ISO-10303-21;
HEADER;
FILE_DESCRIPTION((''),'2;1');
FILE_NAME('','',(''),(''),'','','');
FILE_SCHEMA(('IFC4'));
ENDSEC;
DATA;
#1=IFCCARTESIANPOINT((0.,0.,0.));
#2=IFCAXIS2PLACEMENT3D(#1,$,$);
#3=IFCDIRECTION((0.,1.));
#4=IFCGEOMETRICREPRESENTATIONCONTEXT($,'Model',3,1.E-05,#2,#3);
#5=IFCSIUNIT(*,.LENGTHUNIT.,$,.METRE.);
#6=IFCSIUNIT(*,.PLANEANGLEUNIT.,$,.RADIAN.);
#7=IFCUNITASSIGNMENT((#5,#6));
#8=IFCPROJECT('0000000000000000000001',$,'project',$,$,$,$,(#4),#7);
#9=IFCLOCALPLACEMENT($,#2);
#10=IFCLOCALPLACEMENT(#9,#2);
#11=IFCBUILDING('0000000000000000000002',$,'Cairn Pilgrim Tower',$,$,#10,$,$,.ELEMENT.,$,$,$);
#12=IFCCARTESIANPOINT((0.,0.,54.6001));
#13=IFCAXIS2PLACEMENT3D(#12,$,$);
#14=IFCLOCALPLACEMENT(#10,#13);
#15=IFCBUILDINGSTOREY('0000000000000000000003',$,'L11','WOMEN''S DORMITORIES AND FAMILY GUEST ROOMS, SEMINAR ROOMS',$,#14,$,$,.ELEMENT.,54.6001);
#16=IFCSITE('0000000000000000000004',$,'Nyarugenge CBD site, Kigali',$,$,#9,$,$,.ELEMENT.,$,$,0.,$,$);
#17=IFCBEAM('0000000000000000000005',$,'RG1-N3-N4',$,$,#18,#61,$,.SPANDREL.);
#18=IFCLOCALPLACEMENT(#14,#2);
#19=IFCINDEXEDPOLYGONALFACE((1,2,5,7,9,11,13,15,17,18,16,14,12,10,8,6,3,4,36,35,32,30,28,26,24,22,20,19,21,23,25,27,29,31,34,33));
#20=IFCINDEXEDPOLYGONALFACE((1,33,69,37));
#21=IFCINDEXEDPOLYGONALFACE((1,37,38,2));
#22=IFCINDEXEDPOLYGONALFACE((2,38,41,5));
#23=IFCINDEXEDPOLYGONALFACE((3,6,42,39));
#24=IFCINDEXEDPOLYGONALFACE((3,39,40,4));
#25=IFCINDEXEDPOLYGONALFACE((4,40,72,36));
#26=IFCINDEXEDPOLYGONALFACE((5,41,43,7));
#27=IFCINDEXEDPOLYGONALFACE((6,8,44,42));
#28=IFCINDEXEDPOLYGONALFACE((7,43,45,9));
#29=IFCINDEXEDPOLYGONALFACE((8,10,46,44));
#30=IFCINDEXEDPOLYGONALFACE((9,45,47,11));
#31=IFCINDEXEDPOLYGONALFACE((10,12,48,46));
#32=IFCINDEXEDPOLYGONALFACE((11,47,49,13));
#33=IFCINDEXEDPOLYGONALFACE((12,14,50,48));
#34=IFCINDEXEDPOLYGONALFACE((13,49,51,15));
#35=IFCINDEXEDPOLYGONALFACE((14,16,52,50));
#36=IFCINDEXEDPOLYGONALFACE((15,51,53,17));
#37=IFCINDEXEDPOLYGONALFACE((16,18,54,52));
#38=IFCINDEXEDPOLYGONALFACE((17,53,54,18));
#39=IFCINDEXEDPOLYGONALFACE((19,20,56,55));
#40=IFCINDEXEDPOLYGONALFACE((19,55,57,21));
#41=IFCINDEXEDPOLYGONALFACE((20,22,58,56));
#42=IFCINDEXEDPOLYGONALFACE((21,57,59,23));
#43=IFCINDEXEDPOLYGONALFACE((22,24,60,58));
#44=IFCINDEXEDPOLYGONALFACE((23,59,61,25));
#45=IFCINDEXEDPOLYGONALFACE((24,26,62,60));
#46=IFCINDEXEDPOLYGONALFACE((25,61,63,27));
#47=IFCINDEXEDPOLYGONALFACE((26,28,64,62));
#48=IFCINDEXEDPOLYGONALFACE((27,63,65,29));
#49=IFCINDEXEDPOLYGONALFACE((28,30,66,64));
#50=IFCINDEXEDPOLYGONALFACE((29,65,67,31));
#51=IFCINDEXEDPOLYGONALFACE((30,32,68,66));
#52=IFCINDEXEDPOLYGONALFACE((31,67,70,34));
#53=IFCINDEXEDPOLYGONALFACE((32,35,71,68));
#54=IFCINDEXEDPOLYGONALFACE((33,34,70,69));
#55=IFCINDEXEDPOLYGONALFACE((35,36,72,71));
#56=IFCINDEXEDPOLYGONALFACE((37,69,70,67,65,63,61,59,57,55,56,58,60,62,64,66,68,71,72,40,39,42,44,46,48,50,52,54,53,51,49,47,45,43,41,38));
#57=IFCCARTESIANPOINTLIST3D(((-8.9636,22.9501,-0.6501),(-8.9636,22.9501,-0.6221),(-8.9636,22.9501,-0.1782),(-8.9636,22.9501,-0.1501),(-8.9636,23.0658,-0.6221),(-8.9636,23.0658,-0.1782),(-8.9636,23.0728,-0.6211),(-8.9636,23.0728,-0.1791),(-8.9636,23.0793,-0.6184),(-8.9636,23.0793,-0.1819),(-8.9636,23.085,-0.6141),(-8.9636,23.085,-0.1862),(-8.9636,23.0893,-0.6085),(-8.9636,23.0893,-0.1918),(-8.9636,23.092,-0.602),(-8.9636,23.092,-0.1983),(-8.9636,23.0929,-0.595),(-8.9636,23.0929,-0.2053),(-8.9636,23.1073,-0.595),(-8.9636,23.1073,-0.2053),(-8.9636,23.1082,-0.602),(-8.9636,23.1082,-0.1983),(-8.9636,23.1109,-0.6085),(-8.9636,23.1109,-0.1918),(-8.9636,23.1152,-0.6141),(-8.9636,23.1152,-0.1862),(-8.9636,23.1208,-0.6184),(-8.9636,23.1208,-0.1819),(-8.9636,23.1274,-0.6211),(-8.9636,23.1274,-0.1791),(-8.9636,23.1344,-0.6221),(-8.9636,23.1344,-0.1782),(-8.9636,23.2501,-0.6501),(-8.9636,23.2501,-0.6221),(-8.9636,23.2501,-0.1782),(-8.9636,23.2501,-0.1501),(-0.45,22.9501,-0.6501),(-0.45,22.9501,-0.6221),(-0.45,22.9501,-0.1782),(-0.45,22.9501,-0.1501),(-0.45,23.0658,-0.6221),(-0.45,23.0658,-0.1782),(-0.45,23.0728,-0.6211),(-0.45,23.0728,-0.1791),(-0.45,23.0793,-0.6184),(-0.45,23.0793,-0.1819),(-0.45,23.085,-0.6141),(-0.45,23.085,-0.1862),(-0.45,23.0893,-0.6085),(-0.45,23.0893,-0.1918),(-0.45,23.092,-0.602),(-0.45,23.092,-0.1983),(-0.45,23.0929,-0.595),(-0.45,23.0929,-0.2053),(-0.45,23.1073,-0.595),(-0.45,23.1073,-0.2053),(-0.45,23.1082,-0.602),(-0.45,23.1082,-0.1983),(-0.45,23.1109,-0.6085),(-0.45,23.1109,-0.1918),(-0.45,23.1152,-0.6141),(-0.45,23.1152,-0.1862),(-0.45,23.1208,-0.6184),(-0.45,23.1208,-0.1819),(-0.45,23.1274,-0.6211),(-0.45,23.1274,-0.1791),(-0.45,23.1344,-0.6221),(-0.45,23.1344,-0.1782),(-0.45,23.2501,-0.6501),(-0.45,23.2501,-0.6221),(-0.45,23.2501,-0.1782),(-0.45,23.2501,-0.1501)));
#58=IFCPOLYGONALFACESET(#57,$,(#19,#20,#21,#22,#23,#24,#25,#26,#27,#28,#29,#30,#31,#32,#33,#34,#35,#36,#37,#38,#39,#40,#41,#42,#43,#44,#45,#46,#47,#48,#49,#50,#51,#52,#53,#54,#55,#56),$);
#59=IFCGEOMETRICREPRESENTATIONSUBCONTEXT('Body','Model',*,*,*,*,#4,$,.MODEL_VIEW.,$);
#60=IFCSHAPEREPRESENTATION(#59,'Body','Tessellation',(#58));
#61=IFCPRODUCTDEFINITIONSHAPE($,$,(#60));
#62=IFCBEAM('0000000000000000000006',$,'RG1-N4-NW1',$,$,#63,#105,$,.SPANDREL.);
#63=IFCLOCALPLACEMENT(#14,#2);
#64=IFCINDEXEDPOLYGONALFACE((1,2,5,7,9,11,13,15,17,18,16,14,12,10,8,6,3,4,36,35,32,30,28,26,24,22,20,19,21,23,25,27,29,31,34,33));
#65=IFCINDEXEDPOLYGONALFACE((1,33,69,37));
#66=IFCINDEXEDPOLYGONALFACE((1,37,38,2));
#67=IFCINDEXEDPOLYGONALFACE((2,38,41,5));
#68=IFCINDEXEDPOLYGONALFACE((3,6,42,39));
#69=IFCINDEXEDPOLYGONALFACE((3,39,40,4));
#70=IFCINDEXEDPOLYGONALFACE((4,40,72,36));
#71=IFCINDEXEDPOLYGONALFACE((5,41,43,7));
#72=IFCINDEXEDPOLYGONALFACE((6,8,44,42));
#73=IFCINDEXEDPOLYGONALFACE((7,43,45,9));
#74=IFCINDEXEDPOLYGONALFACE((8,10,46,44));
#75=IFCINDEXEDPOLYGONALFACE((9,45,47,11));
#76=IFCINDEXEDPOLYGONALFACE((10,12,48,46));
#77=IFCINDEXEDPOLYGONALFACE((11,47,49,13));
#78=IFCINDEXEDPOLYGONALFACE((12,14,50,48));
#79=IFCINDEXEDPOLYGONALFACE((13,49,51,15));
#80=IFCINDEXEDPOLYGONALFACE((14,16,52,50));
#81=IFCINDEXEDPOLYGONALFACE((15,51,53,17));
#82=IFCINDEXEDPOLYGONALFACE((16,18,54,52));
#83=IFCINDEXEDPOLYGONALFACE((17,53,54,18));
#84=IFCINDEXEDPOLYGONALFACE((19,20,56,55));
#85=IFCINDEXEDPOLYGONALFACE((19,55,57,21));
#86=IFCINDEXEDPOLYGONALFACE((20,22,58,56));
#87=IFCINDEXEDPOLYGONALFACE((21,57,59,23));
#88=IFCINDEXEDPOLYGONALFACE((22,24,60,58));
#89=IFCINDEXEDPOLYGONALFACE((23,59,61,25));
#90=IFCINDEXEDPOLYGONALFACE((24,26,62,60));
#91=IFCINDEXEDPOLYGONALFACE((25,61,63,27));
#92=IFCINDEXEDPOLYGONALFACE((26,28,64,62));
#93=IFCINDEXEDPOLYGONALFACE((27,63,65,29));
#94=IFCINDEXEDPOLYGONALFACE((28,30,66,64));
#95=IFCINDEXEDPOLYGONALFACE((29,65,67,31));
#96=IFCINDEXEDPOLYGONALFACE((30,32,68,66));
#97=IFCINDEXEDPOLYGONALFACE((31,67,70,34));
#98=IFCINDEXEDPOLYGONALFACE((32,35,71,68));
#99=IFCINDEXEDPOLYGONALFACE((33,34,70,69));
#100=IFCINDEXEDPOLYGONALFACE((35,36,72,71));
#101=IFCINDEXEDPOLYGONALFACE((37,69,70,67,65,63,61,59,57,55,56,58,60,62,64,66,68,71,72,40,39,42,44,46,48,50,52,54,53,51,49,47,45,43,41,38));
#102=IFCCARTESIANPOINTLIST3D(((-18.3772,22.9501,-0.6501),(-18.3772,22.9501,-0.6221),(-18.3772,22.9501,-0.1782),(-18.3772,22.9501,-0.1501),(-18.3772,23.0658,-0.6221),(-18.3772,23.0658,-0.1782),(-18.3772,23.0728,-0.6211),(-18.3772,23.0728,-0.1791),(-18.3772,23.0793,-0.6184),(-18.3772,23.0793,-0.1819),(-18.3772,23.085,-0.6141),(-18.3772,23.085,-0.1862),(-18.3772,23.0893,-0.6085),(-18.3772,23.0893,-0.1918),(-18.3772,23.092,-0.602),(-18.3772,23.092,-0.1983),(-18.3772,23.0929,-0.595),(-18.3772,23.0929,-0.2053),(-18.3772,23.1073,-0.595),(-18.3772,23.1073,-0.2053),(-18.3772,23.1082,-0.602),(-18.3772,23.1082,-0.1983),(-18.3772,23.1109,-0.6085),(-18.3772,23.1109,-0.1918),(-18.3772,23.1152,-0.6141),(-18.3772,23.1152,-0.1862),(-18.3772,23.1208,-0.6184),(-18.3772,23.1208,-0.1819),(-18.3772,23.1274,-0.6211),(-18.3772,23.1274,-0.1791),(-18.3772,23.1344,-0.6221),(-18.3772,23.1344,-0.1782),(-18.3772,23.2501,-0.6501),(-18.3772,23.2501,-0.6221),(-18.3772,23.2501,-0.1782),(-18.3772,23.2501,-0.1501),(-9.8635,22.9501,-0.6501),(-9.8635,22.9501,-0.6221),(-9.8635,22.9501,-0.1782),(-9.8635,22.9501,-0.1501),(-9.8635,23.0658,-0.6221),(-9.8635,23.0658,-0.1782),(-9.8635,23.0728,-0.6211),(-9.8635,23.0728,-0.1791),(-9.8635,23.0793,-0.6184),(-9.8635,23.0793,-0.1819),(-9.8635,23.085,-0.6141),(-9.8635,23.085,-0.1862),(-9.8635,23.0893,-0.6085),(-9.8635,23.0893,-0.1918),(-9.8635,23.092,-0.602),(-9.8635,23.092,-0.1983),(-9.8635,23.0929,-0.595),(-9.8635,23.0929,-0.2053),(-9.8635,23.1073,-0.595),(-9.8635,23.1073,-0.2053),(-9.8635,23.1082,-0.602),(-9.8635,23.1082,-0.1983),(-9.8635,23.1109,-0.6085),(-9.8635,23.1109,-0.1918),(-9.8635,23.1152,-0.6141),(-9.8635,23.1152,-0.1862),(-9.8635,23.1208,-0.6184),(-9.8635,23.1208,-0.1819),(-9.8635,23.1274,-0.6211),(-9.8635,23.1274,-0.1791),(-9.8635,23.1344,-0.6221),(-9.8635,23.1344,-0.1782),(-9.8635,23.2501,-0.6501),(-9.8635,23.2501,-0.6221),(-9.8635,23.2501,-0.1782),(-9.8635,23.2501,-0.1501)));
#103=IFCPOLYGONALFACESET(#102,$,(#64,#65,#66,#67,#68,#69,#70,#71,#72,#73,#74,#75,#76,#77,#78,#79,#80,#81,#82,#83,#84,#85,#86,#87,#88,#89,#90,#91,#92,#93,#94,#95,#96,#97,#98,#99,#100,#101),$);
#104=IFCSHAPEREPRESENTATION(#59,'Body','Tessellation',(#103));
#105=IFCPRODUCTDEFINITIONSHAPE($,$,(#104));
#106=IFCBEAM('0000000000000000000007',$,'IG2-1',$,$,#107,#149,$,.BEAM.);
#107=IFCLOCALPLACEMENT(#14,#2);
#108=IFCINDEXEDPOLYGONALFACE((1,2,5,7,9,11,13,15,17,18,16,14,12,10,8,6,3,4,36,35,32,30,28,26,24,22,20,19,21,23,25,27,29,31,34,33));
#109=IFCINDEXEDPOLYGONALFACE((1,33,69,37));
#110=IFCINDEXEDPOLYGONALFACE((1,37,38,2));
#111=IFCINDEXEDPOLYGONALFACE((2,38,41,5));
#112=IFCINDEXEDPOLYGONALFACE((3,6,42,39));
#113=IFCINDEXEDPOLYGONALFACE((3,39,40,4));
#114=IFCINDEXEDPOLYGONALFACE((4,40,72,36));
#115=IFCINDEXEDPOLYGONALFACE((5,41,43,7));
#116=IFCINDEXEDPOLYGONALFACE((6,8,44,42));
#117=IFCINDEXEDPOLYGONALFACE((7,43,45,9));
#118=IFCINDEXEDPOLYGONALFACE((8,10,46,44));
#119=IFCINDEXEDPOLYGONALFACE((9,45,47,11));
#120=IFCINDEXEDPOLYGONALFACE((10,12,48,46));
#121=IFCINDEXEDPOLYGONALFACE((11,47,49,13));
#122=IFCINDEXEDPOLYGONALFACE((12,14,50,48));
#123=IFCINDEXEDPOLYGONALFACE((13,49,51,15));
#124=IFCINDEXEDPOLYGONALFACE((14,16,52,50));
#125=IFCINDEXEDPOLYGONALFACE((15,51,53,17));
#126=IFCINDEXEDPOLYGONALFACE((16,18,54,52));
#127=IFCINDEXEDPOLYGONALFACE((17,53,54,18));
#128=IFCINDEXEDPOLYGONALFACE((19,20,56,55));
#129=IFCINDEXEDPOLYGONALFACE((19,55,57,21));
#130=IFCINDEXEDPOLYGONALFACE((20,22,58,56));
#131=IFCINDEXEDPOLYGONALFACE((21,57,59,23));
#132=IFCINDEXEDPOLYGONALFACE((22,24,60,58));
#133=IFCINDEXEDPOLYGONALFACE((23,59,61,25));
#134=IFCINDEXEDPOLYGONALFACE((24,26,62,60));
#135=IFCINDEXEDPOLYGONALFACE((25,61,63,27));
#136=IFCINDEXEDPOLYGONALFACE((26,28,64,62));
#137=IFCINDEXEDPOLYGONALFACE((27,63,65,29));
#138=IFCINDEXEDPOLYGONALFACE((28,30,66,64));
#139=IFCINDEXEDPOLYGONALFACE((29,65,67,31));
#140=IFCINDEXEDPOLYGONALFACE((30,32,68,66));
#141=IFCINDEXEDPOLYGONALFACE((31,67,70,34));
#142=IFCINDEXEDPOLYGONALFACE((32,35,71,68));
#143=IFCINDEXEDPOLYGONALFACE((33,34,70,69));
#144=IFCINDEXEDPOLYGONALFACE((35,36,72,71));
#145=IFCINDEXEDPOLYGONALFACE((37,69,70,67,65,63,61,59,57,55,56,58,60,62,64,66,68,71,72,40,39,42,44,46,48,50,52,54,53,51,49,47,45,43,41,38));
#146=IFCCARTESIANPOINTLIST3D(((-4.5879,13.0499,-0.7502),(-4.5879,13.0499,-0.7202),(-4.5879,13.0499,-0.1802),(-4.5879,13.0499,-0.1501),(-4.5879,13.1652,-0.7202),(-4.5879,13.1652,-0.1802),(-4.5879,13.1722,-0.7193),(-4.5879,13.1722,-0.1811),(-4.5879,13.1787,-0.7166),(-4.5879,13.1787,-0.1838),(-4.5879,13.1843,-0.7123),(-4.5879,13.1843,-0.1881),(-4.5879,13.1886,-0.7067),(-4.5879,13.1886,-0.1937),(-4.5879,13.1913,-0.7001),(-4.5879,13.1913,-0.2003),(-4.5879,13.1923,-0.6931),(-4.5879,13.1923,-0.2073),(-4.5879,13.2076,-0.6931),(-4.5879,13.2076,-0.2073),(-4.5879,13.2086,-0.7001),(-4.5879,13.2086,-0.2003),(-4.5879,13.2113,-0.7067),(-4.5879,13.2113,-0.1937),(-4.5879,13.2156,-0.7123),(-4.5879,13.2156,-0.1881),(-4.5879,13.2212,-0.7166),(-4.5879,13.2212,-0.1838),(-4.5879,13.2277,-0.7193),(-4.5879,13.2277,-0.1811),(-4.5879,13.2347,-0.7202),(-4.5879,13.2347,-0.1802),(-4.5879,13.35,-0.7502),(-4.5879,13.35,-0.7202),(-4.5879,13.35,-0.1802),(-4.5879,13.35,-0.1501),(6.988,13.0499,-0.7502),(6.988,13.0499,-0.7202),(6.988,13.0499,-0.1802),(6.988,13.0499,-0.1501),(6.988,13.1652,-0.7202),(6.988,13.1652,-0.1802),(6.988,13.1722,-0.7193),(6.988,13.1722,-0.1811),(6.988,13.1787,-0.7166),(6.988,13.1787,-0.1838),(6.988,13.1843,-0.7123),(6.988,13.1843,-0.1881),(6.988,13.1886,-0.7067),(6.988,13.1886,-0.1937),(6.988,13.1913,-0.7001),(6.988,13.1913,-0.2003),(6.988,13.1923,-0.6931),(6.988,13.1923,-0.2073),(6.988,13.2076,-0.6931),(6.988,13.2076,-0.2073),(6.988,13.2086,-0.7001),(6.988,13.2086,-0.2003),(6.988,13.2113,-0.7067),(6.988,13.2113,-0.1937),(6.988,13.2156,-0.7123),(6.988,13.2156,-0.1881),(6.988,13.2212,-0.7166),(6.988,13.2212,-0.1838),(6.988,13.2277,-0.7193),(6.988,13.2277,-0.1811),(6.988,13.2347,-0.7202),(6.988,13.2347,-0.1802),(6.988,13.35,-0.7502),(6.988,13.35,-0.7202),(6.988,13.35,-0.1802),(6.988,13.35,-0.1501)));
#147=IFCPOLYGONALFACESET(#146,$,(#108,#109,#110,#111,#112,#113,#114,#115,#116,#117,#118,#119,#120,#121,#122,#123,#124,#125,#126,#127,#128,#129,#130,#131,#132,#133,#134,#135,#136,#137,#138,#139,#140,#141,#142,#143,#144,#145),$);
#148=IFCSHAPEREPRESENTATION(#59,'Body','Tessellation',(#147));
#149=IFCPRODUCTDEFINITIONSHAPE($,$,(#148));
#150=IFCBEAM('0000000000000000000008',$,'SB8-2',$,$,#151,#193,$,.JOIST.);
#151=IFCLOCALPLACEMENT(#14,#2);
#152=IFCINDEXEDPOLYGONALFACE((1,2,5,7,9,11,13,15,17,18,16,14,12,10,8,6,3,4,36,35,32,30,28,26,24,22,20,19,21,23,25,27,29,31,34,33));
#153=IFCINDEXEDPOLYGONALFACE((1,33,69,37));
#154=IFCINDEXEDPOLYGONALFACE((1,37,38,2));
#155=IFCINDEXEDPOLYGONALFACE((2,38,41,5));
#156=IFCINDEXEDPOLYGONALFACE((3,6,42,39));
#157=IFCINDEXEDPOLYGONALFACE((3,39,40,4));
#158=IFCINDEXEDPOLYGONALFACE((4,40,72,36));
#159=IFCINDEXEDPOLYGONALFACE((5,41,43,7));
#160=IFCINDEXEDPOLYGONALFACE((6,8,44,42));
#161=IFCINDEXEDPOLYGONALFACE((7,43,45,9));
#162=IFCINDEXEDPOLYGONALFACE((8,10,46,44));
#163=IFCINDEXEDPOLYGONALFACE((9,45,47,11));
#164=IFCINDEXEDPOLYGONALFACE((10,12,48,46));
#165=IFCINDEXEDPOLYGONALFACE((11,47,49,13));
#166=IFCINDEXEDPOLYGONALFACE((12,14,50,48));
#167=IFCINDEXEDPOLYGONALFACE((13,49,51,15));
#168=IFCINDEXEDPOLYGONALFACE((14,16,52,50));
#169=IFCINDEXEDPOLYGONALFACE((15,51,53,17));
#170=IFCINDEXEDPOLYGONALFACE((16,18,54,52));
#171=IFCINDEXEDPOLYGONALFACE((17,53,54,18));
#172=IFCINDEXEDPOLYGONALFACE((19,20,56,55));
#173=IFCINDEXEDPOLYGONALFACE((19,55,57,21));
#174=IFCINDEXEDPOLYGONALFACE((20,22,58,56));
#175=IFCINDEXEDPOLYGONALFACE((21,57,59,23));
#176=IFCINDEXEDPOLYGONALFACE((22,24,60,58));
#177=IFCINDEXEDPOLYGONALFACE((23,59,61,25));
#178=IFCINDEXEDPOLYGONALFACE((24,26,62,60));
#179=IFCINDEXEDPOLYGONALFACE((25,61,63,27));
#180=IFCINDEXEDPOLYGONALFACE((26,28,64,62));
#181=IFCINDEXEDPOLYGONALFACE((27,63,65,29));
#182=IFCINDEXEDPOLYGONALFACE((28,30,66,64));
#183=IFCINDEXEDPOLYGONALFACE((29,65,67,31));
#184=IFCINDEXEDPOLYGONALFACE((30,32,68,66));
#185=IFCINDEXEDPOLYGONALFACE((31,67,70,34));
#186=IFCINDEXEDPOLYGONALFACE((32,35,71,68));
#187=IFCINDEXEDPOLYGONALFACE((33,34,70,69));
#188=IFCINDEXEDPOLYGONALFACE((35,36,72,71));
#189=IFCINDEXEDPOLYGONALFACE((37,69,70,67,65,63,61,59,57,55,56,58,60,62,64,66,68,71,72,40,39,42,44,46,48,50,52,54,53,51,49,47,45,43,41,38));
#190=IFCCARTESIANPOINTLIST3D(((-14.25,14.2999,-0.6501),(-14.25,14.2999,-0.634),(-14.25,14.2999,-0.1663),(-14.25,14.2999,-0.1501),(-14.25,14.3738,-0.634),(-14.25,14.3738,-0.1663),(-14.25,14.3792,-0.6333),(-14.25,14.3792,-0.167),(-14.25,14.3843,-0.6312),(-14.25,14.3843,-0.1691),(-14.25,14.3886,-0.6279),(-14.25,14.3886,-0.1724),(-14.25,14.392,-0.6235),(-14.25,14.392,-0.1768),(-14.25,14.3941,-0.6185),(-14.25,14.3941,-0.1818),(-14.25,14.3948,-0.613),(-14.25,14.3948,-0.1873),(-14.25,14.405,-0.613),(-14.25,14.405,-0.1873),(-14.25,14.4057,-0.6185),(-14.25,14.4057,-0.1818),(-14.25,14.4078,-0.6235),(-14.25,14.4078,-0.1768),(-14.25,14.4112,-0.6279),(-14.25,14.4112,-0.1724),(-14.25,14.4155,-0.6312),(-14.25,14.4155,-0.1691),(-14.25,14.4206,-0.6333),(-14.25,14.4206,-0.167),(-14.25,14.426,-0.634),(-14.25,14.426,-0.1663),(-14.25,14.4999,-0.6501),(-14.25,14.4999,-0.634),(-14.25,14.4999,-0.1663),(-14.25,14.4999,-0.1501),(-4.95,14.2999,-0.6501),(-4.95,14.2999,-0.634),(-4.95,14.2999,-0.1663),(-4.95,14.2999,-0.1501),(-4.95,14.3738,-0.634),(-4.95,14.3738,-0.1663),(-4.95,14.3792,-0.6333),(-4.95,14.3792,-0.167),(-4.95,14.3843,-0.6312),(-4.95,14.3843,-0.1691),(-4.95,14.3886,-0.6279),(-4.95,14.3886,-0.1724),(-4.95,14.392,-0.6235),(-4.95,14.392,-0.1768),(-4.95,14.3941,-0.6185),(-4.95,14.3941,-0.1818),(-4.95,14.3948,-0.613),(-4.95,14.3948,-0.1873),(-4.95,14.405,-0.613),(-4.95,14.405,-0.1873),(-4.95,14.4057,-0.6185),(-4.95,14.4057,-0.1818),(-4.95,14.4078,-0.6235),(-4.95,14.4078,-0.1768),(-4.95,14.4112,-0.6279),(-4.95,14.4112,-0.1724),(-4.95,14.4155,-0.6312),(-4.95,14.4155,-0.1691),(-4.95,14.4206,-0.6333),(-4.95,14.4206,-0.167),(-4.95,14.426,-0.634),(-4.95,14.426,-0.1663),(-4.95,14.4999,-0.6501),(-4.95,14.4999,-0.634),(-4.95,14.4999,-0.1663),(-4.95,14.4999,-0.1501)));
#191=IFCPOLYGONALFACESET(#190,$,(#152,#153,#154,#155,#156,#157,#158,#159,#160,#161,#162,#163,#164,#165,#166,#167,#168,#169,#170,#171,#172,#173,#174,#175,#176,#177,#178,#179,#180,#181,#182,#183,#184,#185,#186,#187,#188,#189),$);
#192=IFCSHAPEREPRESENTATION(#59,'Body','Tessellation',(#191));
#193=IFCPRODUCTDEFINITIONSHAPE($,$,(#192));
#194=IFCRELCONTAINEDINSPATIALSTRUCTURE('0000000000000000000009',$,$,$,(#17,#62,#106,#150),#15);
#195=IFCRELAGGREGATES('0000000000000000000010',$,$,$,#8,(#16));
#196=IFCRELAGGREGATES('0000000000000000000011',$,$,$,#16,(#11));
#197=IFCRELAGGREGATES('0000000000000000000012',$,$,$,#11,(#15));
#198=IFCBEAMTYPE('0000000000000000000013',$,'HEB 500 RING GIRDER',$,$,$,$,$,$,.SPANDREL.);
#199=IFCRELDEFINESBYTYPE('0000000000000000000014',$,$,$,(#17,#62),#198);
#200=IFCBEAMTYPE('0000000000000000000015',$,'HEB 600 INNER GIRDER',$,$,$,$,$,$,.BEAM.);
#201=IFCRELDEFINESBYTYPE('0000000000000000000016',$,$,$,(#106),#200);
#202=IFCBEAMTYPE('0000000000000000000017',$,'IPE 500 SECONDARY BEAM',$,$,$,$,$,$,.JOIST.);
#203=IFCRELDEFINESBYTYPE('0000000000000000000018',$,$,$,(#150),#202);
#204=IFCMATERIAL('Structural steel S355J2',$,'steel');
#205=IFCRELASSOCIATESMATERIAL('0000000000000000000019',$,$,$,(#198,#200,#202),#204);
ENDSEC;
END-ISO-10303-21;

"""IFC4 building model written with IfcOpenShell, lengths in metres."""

from ifc_helpers import new_model, si_unit, direction, frame, origin, origin_2d, place, context, subcontext, project, spatial, i_section, extrude, material, material_profile, profile_set, type_object, element, save


model = new_model("IFC4")

# Units and contexts
model_context = context("Model", 3, precision=1e-05, world=origin(), true_north=direction((0.0, 1.0)))
body_context = subcontext(model_context, "Body", "Model", "MODEL_VIEW")
ifc_project = project(units=[si_unit("LENGTHUNIT", "METRE"), si_unit("PLANEANGLEUNIT", "RADIAN")], contexts=[model_context])

# Site, building, storey
site_placement = place(None, origin())
site = spatial("IfcSite", under=ifc_project, at=site_placement, Name="Nyarugenge CBD site, Kigali", CompositionType="ELEMENT", RefElevation=0.0)
building_placement = place(site_placement, origin())
building = spatial("IfcBuilding", under=site, at=building_placement, Name="Cairn Pilgrim Tower", CompositionType="ELEMENT")
storey_placement = place(building_placement, frame((0.0, 0.0, 54.6001)))
storey = spatial("IfcBuildingStorey", under=building, at=storey_placement, Name="L11", Description="WOMEN'S DORMITORIES AND FAMILY GUEST ROOMS, SEMINAR ROOMS", CompositionType="ELEMENT", Elevation=54.6001)

# Beams
ifc_material_1 = material(Name="Structural steel S355J2", Category="steel")
ifc_material_profile_1 = material_profile(ifc_material_1, i_section(OverallWidth=0.3, OverallDepth=0.5, WebThickness=0.0144, FlangeThickness=0.0281, FilletRadius=0.0271, at=origin_2d()), Name="HEB 500")
ifc_profile_set_1 = profile_set([ifc_material_profile_1], Name="Structural steel S355J2")
beam_type_1 = type_object("IfcBeamType", Name="HEB 500 RING GIRDER", PredefinedType="SPANDREL", material=ifc_profile_set_1)
for number, where, z_axis, x_axis, name in (
    (1, (-0.45, 23.1001, -0.4001), (-1.0, 0.0, 0.0), (0.0, -1.0, 0.0), "RG1-N3-N4"),
    (2, (-9.8635, 23.1001, -0.4001), (-1.0, 0.0, 0.0), (0.0, -1.0, 0.0), "RG1-N4-NW1"),
):
    element("IfcBeam", number, at=place(storey_placement, frame(where, z_axis=z_axis, x_axis=x_axis)), inside=storey, type_object=beam_type_1, Name=name, PredefinedType="SPANDREL", context=body_context, shape_type="SweptSolid", body=[
        extrude(i_section(OverallWidth=0.3, OverallDepth=0.5, WebThickness=0.0144, FlangeThickness=0.0281, FilletRadius=0.0271, at=origin_2d()), origin(), (0.0, 0.0, 1.0), 8.5137),
    ])
ifc_material_profile_2 = material_profile(ifc_material_1, i_section(OverallWidth=0.3, OverallDepth=0.6001, WebThickness=0.0154, FlangeThickness=0.03, FilletRadius=0.0271, at=origin_2d()), Name="HEB 600")
ifc_profile_set_2 = profile_set([ifc_material_profile_2], Name="Structural steel S355J2")
beam_type_2 = type_object("IfcBeamType", Name="HEB 600 INNER GIRDER", PredefinedType="BEAM", material=ifc_profile_set_2)
beam_1_placement = place(storey_placement, frame((-4.5879, 13.2, -0.4502), z_axis=(1.0, 0.0, 0.0), x_axis=(0.0, 1.0, 0.0)))
element("IfcBeam", 3, at=beam_1_placement, inside=storey, type_object=beam_type_2, Name="IG2-1", PredefinedType="BEAM", context=body_context, shape_type="SweptSolid", body=[
    extrude(i_section(OverallWidth=0.3, OverallDepth=0.6001, WebThickness=0.0154, FlangeThickness=0.03, FilletRadius=0.0271, at=origin_2d()), origin(), (0.0, 0.0, 1.0), 11.5759),
])
ifc_material_profile_3 = material_profile(ifc_material_1, i_section(OverallWidth=0.2, OverallDepth=0.5, WebThickness=0.0103, FlangeThickness=0.0161, FilletRadius=0.021, at=origin_2d()), Name="IPE 500")
ifc_profile_set_3 = profile_set([ifc_material_profile_3], Name="Structural steel S355J2")
beam_type_3 = type_object("IfcBeamType", Name="IPE 500 SECONDARY BEAM", PredefinedType="JOIST", material=ifc_profile_set_3)
for number, where, z_axis, x_axis, name in (
    (4, (-14.25, 14.3999, -0.4001), (1.0, 0.0, 0.0), (0.0, 1.0, 0.0), "SB8-2"),
):
    element("IfcBeam", number, at=place(storey_placement, frame(where, z_axis=z_axis, x_axis=x_axis)), inside=storey, type_object=beam_type_3, Name=name, PredefinedType="JOIST", context=body_context, shape_type="SweptSolid", body=[
        extrude(i_section(OverallWidth=0.2, OverallDepth=0.5, WebThickness=0.0103, FlangeThickness=0.0161, FilletRadius=0.021, at=origin_2d()), origin(), (0.0, 0.0, 1.0), 9.3),
    ])

save(model, "model.ifc")
